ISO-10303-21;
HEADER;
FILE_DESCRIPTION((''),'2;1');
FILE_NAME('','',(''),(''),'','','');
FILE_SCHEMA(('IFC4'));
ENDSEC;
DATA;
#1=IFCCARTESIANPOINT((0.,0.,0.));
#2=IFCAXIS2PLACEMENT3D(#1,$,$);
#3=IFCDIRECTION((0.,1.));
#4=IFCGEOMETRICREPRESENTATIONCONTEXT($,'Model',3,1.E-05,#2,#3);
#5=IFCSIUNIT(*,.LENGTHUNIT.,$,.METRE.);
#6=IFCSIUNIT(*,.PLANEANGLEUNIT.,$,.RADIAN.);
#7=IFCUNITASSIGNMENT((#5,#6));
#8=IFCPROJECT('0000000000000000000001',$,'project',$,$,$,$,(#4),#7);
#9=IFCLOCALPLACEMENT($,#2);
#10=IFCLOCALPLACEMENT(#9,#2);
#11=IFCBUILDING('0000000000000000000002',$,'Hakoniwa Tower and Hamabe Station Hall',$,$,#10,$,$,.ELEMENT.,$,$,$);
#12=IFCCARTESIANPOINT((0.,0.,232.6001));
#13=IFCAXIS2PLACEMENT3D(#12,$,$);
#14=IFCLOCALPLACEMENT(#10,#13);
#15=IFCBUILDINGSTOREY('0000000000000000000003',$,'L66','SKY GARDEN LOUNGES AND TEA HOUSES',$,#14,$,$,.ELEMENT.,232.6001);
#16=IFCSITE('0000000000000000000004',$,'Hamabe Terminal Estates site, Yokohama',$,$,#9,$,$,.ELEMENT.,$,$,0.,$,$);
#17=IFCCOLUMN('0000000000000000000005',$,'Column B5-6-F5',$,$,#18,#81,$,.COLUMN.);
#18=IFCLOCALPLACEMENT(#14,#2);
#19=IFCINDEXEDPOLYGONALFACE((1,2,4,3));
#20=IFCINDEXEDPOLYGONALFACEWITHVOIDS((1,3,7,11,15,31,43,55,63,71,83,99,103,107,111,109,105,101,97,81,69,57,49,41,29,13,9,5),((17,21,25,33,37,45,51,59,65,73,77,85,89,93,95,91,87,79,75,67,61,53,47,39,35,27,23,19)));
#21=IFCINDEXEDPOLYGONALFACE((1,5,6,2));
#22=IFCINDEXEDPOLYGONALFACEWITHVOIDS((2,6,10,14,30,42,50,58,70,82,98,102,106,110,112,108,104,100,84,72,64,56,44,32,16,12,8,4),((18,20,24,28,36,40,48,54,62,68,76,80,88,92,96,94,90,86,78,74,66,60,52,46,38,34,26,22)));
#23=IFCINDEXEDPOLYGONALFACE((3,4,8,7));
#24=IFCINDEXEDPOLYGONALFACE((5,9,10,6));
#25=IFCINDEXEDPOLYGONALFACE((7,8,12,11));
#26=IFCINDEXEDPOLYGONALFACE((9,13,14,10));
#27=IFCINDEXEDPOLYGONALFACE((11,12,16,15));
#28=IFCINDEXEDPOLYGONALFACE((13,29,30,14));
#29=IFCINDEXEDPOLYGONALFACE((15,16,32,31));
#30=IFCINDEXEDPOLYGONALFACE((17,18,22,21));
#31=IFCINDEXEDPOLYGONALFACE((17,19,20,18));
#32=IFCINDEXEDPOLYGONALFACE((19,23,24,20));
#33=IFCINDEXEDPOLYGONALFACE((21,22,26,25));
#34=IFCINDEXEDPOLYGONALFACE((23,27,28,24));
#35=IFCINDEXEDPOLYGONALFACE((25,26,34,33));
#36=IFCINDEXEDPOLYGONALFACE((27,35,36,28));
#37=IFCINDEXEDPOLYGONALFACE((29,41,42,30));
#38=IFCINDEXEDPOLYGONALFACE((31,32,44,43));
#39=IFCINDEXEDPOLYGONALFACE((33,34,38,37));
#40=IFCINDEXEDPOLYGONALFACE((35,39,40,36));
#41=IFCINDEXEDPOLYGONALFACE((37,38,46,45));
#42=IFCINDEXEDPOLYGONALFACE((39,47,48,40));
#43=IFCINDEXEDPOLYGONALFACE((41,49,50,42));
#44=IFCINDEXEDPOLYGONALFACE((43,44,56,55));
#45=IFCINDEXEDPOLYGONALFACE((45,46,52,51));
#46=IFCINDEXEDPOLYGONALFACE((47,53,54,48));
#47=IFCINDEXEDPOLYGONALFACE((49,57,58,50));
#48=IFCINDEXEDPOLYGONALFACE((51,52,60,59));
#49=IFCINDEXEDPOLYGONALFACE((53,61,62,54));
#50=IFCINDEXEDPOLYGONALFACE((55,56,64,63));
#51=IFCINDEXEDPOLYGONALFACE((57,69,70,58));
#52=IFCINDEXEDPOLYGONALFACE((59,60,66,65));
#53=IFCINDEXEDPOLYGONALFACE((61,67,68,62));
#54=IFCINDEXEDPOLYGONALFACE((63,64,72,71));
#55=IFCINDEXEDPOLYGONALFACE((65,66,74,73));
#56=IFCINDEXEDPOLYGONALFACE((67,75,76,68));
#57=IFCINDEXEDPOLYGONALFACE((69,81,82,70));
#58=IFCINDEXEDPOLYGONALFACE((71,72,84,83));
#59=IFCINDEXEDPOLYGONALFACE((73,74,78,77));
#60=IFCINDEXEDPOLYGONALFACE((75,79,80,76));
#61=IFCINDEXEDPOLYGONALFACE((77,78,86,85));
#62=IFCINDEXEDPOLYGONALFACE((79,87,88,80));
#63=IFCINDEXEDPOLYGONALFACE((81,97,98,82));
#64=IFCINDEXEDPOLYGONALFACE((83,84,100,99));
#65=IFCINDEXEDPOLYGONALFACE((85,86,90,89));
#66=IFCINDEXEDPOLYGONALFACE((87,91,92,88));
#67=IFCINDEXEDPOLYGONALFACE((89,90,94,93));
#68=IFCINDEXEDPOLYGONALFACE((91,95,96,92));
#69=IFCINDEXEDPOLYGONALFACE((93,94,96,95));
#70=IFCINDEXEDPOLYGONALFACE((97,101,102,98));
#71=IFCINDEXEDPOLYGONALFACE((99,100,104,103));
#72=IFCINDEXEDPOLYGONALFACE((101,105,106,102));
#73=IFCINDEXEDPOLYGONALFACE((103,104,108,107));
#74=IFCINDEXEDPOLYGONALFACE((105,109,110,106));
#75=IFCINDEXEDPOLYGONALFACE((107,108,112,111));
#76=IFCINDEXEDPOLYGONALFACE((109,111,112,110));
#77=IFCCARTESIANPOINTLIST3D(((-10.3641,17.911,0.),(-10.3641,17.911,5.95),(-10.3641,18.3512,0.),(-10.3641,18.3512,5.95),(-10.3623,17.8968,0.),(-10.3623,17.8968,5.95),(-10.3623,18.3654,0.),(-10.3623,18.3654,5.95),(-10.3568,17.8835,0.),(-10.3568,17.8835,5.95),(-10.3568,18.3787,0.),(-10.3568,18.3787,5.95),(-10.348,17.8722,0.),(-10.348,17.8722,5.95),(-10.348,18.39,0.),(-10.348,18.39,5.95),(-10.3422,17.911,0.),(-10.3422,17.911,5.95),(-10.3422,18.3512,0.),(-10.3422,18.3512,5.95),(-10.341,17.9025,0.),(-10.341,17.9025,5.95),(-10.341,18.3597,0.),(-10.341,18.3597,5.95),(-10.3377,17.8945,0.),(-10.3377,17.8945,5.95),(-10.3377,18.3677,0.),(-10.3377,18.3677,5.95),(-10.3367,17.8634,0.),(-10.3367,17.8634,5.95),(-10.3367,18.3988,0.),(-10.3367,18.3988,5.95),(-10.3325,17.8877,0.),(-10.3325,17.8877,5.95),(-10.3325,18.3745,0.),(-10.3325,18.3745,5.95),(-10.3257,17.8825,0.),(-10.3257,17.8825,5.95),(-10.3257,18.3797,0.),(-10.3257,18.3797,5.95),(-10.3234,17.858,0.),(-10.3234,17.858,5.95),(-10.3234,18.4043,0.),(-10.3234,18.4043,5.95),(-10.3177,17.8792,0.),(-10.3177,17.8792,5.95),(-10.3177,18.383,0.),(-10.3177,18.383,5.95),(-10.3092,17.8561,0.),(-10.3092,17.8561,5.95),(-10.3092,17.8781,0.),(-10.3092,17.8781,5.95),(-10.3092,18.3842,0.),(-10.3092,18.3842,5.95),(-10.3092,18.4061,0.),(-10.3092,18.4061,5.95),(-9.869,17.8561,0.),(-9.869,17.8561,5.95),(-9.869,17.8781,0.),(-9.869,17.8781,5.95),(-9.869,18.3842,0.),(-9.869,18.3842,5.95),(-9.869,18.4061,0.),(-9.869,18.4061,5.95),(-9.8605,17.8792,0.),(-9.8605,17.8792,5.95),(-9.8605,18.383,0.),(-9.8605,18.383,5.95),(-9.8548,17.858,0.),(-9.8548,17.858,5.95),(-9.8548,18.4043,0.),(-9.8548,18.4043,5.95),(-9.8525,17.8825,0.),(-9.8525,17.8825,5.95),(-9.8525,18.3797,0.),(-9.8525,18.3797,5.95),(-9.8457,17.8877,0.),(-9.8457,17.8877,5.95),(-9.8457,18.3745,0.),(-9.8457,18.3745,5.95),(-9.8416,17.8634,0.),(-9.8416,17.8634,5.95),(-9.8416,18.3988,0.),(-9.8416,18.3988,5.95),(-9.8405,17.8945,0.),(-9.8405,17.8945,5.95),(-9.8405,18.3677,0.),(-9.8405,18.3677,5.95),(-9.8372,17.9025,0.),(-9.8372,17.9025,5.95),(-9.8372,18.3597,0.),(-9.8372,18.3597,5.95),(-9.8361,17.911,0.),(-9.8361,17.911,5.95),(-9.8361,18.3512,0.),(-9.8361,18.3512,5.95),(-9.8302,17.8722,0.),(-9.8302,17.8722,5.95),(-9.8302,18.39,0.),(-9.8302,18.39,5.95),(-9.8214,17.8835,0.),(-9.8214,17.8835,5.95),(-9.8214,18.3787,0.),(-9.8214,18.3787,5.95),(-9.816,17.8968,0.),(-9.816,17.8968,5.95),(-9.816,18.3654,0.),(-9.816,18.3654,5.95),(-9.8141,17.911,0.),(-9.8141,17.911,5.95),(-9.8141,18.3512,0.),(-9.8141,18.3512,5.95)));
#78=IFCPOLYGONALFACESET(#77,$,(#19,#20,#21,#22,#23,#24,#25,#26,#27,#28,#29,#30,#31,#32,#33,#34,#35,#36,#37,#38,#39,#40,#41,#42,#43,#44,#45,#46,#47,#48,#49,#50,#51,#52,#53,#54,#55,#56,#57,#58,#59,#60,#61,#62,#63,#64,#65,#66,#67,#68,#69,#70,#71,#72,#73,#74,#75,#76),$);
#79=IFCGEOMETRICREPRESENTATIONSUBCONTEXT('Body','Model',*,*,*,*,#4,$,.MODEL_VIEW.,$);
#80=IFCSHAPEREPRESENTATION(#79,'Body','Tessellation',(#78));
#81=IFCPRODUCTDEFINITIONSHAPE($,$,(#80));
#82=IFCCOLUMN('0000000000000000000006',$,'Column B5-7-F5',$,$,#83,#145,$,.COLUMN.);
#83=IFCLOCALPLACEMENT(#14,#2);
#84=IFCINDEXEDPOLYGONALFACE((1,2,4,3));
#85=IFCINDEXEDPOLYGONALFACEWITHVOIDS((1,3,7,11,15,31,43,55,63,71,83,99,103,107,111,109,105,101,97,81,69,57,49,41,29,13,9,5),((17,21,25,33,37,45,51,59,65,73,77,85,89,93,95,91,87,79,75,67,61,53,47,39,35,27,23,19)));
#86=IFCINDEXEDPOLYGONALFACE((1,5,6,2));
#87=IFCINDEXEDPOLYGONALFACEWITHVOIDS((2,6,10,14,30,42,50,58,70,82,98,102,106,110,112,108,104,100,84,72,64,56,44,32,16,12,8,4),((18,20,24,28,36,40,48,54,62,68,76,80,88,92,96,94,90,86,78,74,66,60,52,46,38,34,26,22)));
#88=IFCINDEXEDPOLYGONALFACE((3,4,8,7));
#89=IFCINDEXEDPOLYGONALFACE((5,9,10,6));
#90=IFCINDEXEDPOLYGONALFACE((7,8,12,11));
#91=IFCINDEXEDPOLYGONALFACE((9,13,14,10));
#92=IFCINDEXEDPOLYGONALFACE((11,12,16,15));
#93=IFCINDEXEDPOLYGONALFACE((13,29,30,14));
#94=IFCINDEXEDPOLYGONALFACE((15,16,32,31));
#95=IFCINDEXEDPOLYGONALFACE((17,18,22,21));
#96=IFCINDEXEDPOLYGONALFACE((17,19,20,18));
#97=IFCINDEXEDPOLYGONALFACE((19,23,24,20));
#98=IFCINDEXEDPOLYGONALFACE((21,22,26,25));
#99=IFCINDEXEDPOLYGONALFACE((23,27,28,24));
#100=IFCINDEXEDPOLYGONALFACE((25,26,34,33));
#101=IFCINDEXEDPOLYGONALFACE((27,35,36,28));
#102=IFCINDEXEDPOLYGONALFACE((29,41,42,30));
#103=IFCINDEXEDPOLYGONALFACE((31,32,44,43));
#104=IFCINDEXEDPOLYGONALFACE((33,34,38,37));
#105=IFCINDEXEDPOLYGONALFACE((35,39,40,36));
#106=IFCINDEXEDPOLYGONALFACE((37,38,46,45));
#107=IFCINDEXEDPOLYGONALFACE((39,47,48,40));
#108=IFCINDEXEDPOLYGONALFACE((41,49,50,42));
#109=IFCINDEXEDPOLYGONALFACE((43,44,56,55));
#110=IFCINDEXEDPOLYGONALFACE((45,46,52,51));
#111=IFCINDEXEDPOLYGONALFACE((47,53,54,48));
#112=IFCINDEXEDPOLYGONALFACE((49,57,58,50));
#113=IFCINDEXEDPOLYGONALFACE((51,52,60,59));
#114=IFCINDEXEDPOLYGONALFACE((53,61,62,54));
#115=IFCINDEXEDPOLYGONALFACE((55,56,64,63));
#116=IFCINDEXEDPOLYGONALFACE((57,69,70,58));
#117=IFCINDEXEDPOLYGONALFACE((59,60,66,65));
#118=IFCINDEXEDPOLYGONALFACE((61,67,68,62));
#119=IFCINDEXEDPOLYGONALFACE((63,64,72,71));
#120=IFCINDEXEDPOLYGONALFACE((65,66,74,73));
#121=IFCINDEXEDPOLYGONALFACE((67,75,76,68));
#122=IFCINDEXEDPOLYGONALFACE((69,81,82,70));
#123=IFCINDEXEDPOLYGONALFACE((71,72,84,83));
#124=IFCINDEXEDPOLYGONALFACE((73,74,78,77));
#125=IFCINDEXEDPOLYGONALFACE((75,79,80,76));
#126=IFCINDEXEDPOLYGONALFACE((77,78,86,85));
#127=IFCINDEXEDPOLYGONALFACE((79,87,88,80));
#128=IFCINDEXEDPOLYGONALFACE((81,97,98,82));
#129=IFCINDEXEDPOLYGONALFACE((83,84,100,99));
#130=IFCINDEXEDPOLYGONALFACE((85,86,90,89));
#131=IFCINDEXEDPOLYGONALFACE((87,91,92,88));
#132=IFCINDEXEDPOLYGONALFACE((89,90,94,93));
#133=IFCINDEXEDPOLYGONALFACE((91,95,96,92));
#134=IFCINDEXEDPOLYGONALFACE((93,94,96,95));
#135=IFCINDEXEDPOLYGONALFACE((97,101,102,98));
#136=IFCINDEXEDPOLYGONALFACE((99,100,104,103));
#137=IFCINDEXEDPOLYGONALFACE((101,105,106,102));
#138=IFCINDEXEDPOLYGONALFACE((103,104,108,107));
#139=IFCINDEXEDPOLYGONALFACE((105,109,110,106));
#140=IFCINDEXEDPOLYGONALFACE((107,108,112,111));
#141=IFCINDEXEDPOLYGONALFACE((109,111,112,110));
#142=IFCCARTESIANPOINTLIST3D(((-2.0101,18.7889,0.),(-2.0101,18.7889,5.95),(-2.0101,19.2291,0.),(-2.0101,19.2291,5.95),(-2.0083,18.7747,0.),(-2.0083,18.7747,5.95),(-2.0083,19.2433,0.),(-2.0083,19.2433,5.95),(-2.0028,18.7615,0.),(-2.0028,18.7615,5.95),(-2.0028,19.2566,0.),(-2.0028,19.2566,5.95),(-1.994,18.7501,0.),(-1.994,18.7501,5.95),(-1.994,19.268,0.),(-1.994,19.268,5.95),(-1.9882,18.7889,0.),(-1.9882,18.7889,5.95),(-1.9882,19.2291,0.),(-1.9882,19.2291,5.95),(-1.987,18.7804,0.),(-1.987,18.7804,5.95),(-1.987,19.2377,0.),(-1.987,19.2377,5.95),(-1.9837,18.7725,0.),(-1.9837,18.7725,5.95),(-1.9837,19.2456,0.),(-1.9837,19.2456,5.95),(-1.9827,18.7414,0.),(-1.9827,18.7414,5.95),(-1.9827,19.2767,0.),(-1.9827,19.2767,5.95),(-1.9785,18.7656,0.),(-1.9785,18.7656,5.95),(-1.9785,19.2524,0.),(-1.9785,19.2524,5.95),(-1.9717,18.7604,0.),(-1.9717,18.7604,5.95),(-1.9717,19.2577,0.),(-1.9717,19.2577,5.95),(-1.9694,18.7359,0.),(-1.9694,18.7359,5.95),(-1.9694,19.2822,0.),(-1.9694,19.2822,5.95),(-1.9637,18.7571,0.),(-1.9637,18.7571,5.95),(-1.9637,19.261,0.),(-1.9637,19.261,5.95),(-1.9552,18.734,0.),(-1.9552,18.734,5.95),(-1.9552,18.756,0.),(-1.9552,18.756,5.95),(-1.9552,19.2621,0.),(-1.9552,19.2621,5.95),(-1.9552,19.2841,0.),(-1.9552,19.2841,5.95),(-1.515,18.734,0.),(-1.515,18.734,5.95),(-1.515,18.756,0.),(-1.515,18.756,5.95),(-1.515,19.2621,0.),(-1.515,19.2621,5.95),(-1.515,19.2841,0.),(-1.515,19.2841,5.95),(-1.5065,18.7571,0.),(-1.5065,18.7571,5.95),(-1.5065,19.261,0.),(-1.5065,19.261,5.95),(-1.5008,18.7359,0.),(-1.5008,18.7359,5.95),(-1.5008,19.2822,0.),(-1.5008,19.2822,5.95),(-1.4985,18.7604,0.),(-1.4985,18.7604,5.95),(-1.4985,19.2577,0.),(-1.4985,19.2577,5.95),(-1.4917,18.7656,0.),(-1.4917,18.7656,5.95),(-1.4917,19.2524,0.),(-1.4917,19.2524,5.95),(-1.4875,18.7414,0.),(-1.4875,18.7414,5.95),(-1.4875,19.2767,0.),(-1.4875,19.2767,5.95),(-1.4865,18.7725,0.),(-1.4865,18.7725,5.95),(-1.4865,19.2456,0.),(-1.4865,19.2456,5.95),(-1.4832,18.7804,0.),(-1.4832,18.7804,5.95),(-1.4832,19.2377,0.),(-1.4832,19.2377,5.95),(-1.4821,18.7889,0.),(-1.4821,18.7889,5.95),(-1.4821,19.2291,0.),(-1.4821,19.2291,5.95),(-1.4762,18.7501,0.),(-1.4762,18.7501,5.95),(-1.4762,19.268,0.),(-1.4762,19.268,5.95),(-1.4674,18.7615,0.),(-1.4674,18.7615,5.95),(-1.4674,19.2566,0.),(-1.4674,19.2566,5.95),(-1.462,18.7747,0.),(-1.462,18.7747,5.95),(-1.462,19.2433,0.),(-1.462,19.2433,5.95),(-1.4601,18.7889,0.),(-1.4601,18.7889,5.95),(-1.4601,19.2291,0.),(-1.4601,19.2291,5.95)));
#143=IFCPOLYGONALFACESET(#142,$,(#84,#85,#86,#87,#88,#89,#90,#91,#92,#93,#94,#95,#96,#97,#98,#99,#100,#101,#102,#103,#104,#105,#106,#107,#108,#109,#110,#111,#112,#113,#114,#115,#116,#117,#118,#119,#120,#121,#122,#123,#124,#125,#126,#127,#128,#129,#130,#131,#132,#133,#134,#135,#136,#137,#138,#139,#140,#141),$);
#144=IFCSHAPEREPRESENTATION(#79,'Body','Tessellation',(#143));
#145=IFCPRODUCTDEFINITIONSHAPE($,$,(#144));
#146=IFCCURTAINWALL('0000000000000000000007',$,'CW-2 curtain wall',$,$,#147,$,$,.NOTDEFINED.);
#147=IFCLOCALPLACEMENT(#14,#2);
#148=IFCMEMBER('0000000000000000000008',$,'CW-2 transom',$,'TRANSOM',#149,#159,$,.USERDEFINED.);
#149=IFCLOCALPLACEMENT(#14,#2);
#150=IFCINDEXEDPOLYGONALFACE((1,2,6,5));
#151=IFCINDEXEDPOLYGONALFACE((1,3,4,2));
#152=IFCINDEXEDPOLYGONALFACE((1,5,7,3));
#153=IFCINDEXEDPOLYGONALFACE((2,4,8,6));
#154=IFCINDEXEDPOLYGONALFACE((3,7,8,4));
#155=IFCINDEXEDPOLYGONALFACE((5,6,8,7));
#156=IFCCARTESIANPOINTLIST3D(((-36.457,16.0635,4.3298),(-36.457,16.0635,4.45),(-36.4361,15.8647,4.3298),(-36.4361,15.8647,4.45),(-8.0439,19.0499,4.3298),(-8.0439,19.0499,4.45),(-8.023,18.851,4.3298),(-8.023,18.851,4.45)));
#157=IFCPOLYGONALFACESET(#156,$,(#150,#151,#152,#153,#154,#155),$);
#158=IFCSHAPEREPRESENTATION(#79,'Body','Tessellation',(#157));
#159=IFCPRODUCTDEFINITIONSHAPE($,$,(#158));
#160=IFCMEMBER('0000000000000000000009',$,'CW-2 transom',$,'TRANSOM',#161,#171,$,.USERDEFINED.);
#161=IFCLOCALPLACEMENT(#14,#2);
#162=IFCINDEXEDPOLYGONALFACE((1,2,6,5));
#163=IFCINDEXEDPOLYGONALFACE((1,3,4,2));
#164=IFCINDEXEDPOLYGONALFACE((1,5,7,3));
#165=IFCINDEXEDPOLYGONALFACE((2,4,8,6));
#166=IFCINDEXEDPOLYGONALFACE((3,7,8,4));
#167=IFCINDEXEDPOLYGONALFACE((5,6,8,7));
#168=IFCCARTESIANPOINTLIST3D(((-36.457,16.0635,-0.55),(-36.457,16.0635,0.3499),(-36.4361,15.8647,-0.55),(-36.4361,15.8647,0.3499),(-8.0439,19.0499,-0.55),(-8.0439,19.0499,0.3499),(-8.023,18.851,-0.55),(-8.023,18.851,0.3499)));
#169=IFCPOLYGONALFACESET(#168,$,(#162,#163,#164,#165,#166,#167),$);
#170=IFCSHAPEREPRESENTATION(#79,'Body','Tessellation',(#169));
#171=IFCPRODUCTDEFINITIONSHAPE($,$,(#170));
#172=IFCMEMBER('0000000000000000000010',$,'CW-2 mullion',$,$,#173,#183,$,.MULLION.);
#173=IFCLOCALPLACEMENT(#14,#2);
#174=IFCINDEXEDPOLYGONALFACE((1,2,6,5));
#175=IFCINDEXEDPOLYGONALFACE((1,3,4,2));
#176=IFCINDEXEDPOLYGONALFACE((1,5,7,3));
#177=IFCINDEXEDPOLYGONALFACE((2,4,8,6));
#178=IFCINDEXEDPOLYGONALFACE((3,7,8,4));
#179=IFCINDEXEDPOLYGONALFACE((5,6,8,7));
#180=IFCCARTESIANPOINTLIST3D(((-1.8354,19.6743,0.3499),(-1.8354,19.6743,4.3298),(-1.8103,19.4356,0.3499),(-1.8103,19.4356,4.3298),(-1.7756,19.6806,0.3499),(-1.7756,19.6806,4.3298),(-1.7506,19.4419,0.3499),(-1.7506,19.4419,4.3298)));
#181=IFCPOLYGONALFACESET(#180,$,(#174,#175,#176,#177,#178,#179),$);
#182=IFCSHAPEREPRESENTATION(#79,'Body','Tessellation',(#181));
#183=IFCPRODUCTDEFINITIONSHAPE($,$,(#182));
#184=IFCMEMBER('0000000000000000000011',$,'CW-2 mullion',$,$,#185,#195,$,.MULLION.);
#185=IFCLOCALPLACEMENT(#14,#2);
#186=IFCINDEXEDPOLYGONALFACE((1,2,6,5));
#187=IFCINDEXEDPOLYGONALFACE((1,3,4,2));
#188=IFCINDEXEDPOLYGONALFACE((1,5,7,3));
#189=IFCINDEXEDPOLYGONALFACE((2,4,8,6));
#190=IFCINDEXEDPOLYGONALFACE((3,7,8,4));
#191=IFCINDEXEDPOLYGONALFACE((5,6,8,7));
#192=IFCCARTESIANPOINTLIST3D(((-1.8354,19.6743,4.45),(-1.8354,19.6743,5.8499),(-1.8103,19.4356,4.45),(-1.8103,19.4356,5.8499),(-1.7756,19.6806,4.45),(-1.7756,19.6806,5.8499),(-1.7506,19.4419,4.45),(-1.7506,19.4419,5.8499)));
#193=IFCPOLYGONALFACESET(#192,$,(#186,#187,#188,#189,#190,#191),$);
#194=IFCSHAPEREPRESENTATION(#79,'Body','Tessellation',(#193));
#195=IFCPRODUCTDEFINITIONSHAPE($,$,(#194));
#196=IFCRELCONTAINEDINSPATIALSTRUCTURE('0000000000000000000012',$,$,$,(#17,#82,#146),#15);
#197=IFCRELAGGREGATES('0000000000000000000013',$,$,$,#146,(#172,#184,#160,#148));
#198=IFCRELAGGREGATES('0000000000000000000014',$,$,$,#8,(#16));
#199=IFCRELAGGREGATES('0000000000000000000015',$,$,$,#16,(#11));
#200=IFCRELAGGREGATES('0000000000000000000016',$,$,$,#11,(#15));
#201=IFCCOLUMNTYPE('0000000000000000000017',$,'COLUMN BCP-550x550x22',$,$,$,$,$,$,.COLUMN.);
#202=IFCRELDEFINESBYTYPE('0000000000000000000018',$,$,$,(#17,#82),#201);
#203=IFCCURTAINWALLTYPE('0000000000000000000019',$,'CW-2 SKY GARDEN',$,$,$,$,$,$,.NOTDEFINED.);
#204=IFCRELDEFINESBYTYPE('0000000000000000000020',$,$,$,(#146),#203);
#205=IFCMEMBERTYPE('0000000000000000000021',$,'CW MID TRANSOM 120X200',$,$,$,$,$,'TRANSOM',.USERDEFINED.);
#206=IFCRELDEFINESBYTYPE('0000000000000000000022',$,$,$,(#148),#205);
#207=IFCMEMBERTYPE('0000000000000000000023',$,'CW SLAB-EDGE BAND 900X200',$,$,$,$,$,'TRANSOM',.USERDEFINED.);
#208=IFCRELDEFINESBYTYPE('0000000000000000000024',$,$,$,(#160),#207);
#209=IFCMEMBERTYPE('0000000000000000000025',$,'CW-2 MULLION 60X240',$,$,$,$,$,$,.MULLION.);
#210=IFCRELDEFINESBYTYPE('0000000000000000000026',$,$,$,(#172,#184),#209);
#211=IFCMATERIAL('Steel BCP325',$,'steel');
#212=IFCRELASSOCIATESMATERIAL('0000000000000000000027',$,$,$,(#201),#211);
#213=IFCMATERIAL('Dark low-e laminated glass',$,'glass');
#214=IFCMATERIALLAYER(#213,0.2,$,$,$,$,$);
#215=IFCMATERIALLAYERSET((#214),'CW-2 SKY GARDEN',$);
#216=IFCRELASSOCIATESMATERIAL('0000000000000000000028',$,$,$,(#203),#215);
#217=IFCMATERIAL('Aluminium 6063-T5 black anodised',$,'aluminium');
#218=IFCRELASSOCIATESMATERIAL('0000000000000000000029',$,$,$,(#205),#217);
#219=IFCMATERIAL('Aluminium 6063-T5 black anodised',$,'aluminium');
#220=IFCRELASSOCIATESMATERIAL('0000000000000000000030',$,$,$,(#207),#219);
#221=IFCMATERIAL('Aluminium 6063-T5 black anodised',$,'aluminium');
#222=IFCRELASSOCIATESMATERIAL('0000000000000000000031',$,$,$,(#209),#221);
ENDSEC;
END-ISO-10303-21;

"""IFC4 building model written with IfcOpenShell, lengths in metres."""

from ifc_helpers import new_model, si_unit, direction, frame, origin, origin_2d, place, context, subcontext, project, spatial, rectangle, hollow_rectangle, extrude, material, layer, layer_set, material_profile, profile_set, type_object, element, aggregate, save


model = new_model("IFC4")

# Units and contexts
model_context = context("Model", 3, precision=1e-05, world=origin(), true_north=direction((0.0, 1.0)))
body_context = subcontext(model_context, "Body", "Model", "MODEL_VIEW")
ifc_project = project(units=[si_unit("LENGTHUNIT", "METRE"), si_unit("PLANEANGLEUNIT", "RADIAN")], contexts=[model_context])

# Site, building, storey
site_placement = place(None, origin())
site = spatial("IfcSite", under=ifc_project, at=site_placement, Name="Hamabe Terminal Estates site, Yokohama", CompositionType="ELEMENT", RefElevation=0.0)
building_placement = place(site_placement, origin())
building = spatial("IfcBuilding", under=site, at=building_placement, Name="Hakoniwa Tower and Hamabe Station Hall", CompositionType="ELEMENT")
storey_placement = place(building_placement, frame((0.0, 0.0, 232.6001)))
storey = spatial("IfcBuildingStorey", under=building, at=storey_placement, Name="L66", Description="SKY GARDEN LOUNGES AND TEA HOUSES", CompositionType="ELEMENT", Elevation=232.6001)

# Columns
ifc_material_1 = material(Name="Steel BCP325", Category="steel")
ifc_material_profile_1 = material_profile(ifc_material_1, hollow_rectangle(XDim=0.55, YDim=0.55, WallThickness=0.022, InnerFilletRadius=0.033, OuterFilletRadius=0.0549, at=origin_2d()), Name="BCP-550x550x22")
ifc_profile_set_1 = profile_set([ifc_material_profile_1], Name="Steel BCP325")
column_type = type_object("IfcColumnType", Name="COLUMN BCP-550x550x22", PredefinedType="COLUMN", material=ifc_profile_set_1)
for number, where, z_axis, x_axis, name in (
    (1, (-10.0891, 18.1311, 0.0), (0.0, 0.0, 1.0), (1.0, 0.0, 0.0), "Column B5-6-F5"),
    (2, (-1.7351, 19.009, 0.0), (0.0, 0.0, 1.0), (1.0, 0.0, 0.0), "Column B5-7-F5"),
):
    element("IfcColumn", number, at=place(storey_placement, frame(where, z_axis=z_axis, x_axis=x_axis)), inside=storey, type_object=column_type, Name=name, PredefinedType="COLUMN", context=body_context, shape_type="SweptSolid", body=[
        extrude(hollow_rectangle(XDim=0.55, YDim=0.55, WallThickness=0.022, InnerFilletRadius=0.033, OuterFilletRadius=0.0549, at=origin_2d()), origin(), (0.0, 0.0, 1.0), 5.95),
    ])

# Curtain wall, members
ifc_material_2 = material(Name="Dark low-e laminated glass", Category="glass")
ifc_layer_1 = layer(ifc_material_2, 0.2)
ifc_layer_set_1 = layer_set([ifc_layer_1], Name="CW-2 SKY GARDEN")
curtain_wall_type = type_object("IfcCurtainWallType", Name="CW-2 SKY GARDEN", PredefinedType="NOTDEFINED", material=ifc_layer_set_1)
curtain_wall_placement = place(storey_placement, origin())
curtain_wall = element("IfcCurtainWall", 3, at=curtain_wall_placement, inside=storey, type_object=curtain_wall_type, Name="CW-2 curtain wall", PredefinedType="NOTDEFINED")
ifc_material_3 = material(Name="Aluminium 6063-T5 black anodised", Category="aluminium")
ifc_material_profile_2 = material_profile(ifc_material_3, rectangle(XDim=0.2, YDim=0.1201, at=origin_2d()), Name="CW MID TRANSOM 120X200")
ifc_profile_set_2 = profile_set([ifc_material_profile_2], Name="Aluminium 6063-T5 black anodised")
member_type_1 = type_object("IfcMemberType", Name="CW MID TRANSOM 120X200", ElementType="TRANSOM", PredefinedType="USERDEFINED", material=ifc_profile_set_2)
member_1_placement = place(storey_placement, frame((-8.0334, 18.9504, 4.3899), z_axis=(-0.994522, -0.104528, 0.0), x_axis=(0.104528, -0.994522, 0.0)))
member_1 = element("IfcMember", 4, at=member_1_placement, type_object=member_type_1, Name="CW-2 transom", ObjectType="TRANSOM", PredefinedType="USERDEFINED", context=body_context, shape_type="SweptSolid", body=[
    extrude(rectangle(XDim=0.2, YDim=0.1201, at=origin_2d()), origin(), (0.0, 0.0, 1.0), 28.5696),
])
ifc_material_4 = material(Name="Aluminium 6063-T5 black anodised", Category="aluminium")
ifc_material_profile_3 = material_profile(ifc_material_4, rectangle(XDim=0.2, YDim=0.8999, at=origin_2d()), Name="CW SLAB-EDGE BAND 900X200")
ifc_profile_set_3 = profile_set([ifc_material_profile_3], Name="Aluminium 6063-T5 black anodised")
member_type_2 = type_object("IfcMemberType", Name="CW SLAB-EDGE BAND 900X200", ElementType="TRANSOM", PredefinedType="USERDEFINED", material=ifc_profile_set_3)
member_2_placement = place(storey_placement, frame((-8.0334, 18.9504, -0.1001), z_axis=(-0.994522, -0.104528, 0.0), x_axis=(0.104528, -0.994522, 0.0)))
member_2 = element("IfcMember", 5, at=member_2_placement, type_object=member_type_2, Name="CW-2 transom", ObjectType="TRANSOM", PredefinedType="USERDEFINED", context=body_context, shape_type="SweptSolid", body=[
    extrude(rectangle(XDim=0.2, YDim=0.8999, at=origin_2d()), origin(), (0.0, 0.0, 1.0), 28.5696),
])
ifc_material_5 = material(Name="Aluminium 6063-T5 black anodised", Category="aluminium")
ifc_material_profile_4 = material_profile(ifc_material_5, rectangle(XDim=0.0601, YDim=0.24, at=origin_2d()), Name="CW-2 MULLION 60X240")
ifc_profile_set_4 = profile_set([ifc_material_profile_4], Name="Aluminium 6063-T5 black anodised")
member_type_3 = type_object("IfcMemberType", Name="CW-2 MULLION 60X240", PredefinedType="MULLION", material=ifc_profile_set_4)
member_3_placement = place(storey_placement, frame((-1.793, 19.5581, 0.3499), z_axis=(0.0, 0.0, 1.0), x_axis=(-0.994522, -0.104528, 0.0)))
member_3 = element("IfcMember", 6, at=member_3_placement, type_object=member_type_3, Name="CW-2 mullion", PredefinedType="MULLION", context=body_context, shape_type="SweptSolid", body=[
    extrude(rectangle(XDim=0.0601, YDim=0.24, at=origin_2d()), origin(), (0.0, 0.0, 1.0), 3.98),
])
member_4_placement = place(storey_placement, frame((-1.793, 19.5581, 4.45), z_axis=(0.0, 0.0, 1.0), x_axis=(-0.994522, -0.104528, 0.0)))
member_4 = element("IfcMember", 7, at=member_4_placement, type_object=member_type_3, Name="CW-2 mullion", PredefinedType="MULLION", context=body_context, shape_type="SweptSolid", body=[
    extrude(rectangle(XDim=0.0601, YDim=0.24, at=origin_2d()), origin(), (0.0, 0.0, 1.0), 1.3999),
])
aggregate(curtain_wall, [member_3, member_4, member_2, member_1])

save(model, "model.ifc")
